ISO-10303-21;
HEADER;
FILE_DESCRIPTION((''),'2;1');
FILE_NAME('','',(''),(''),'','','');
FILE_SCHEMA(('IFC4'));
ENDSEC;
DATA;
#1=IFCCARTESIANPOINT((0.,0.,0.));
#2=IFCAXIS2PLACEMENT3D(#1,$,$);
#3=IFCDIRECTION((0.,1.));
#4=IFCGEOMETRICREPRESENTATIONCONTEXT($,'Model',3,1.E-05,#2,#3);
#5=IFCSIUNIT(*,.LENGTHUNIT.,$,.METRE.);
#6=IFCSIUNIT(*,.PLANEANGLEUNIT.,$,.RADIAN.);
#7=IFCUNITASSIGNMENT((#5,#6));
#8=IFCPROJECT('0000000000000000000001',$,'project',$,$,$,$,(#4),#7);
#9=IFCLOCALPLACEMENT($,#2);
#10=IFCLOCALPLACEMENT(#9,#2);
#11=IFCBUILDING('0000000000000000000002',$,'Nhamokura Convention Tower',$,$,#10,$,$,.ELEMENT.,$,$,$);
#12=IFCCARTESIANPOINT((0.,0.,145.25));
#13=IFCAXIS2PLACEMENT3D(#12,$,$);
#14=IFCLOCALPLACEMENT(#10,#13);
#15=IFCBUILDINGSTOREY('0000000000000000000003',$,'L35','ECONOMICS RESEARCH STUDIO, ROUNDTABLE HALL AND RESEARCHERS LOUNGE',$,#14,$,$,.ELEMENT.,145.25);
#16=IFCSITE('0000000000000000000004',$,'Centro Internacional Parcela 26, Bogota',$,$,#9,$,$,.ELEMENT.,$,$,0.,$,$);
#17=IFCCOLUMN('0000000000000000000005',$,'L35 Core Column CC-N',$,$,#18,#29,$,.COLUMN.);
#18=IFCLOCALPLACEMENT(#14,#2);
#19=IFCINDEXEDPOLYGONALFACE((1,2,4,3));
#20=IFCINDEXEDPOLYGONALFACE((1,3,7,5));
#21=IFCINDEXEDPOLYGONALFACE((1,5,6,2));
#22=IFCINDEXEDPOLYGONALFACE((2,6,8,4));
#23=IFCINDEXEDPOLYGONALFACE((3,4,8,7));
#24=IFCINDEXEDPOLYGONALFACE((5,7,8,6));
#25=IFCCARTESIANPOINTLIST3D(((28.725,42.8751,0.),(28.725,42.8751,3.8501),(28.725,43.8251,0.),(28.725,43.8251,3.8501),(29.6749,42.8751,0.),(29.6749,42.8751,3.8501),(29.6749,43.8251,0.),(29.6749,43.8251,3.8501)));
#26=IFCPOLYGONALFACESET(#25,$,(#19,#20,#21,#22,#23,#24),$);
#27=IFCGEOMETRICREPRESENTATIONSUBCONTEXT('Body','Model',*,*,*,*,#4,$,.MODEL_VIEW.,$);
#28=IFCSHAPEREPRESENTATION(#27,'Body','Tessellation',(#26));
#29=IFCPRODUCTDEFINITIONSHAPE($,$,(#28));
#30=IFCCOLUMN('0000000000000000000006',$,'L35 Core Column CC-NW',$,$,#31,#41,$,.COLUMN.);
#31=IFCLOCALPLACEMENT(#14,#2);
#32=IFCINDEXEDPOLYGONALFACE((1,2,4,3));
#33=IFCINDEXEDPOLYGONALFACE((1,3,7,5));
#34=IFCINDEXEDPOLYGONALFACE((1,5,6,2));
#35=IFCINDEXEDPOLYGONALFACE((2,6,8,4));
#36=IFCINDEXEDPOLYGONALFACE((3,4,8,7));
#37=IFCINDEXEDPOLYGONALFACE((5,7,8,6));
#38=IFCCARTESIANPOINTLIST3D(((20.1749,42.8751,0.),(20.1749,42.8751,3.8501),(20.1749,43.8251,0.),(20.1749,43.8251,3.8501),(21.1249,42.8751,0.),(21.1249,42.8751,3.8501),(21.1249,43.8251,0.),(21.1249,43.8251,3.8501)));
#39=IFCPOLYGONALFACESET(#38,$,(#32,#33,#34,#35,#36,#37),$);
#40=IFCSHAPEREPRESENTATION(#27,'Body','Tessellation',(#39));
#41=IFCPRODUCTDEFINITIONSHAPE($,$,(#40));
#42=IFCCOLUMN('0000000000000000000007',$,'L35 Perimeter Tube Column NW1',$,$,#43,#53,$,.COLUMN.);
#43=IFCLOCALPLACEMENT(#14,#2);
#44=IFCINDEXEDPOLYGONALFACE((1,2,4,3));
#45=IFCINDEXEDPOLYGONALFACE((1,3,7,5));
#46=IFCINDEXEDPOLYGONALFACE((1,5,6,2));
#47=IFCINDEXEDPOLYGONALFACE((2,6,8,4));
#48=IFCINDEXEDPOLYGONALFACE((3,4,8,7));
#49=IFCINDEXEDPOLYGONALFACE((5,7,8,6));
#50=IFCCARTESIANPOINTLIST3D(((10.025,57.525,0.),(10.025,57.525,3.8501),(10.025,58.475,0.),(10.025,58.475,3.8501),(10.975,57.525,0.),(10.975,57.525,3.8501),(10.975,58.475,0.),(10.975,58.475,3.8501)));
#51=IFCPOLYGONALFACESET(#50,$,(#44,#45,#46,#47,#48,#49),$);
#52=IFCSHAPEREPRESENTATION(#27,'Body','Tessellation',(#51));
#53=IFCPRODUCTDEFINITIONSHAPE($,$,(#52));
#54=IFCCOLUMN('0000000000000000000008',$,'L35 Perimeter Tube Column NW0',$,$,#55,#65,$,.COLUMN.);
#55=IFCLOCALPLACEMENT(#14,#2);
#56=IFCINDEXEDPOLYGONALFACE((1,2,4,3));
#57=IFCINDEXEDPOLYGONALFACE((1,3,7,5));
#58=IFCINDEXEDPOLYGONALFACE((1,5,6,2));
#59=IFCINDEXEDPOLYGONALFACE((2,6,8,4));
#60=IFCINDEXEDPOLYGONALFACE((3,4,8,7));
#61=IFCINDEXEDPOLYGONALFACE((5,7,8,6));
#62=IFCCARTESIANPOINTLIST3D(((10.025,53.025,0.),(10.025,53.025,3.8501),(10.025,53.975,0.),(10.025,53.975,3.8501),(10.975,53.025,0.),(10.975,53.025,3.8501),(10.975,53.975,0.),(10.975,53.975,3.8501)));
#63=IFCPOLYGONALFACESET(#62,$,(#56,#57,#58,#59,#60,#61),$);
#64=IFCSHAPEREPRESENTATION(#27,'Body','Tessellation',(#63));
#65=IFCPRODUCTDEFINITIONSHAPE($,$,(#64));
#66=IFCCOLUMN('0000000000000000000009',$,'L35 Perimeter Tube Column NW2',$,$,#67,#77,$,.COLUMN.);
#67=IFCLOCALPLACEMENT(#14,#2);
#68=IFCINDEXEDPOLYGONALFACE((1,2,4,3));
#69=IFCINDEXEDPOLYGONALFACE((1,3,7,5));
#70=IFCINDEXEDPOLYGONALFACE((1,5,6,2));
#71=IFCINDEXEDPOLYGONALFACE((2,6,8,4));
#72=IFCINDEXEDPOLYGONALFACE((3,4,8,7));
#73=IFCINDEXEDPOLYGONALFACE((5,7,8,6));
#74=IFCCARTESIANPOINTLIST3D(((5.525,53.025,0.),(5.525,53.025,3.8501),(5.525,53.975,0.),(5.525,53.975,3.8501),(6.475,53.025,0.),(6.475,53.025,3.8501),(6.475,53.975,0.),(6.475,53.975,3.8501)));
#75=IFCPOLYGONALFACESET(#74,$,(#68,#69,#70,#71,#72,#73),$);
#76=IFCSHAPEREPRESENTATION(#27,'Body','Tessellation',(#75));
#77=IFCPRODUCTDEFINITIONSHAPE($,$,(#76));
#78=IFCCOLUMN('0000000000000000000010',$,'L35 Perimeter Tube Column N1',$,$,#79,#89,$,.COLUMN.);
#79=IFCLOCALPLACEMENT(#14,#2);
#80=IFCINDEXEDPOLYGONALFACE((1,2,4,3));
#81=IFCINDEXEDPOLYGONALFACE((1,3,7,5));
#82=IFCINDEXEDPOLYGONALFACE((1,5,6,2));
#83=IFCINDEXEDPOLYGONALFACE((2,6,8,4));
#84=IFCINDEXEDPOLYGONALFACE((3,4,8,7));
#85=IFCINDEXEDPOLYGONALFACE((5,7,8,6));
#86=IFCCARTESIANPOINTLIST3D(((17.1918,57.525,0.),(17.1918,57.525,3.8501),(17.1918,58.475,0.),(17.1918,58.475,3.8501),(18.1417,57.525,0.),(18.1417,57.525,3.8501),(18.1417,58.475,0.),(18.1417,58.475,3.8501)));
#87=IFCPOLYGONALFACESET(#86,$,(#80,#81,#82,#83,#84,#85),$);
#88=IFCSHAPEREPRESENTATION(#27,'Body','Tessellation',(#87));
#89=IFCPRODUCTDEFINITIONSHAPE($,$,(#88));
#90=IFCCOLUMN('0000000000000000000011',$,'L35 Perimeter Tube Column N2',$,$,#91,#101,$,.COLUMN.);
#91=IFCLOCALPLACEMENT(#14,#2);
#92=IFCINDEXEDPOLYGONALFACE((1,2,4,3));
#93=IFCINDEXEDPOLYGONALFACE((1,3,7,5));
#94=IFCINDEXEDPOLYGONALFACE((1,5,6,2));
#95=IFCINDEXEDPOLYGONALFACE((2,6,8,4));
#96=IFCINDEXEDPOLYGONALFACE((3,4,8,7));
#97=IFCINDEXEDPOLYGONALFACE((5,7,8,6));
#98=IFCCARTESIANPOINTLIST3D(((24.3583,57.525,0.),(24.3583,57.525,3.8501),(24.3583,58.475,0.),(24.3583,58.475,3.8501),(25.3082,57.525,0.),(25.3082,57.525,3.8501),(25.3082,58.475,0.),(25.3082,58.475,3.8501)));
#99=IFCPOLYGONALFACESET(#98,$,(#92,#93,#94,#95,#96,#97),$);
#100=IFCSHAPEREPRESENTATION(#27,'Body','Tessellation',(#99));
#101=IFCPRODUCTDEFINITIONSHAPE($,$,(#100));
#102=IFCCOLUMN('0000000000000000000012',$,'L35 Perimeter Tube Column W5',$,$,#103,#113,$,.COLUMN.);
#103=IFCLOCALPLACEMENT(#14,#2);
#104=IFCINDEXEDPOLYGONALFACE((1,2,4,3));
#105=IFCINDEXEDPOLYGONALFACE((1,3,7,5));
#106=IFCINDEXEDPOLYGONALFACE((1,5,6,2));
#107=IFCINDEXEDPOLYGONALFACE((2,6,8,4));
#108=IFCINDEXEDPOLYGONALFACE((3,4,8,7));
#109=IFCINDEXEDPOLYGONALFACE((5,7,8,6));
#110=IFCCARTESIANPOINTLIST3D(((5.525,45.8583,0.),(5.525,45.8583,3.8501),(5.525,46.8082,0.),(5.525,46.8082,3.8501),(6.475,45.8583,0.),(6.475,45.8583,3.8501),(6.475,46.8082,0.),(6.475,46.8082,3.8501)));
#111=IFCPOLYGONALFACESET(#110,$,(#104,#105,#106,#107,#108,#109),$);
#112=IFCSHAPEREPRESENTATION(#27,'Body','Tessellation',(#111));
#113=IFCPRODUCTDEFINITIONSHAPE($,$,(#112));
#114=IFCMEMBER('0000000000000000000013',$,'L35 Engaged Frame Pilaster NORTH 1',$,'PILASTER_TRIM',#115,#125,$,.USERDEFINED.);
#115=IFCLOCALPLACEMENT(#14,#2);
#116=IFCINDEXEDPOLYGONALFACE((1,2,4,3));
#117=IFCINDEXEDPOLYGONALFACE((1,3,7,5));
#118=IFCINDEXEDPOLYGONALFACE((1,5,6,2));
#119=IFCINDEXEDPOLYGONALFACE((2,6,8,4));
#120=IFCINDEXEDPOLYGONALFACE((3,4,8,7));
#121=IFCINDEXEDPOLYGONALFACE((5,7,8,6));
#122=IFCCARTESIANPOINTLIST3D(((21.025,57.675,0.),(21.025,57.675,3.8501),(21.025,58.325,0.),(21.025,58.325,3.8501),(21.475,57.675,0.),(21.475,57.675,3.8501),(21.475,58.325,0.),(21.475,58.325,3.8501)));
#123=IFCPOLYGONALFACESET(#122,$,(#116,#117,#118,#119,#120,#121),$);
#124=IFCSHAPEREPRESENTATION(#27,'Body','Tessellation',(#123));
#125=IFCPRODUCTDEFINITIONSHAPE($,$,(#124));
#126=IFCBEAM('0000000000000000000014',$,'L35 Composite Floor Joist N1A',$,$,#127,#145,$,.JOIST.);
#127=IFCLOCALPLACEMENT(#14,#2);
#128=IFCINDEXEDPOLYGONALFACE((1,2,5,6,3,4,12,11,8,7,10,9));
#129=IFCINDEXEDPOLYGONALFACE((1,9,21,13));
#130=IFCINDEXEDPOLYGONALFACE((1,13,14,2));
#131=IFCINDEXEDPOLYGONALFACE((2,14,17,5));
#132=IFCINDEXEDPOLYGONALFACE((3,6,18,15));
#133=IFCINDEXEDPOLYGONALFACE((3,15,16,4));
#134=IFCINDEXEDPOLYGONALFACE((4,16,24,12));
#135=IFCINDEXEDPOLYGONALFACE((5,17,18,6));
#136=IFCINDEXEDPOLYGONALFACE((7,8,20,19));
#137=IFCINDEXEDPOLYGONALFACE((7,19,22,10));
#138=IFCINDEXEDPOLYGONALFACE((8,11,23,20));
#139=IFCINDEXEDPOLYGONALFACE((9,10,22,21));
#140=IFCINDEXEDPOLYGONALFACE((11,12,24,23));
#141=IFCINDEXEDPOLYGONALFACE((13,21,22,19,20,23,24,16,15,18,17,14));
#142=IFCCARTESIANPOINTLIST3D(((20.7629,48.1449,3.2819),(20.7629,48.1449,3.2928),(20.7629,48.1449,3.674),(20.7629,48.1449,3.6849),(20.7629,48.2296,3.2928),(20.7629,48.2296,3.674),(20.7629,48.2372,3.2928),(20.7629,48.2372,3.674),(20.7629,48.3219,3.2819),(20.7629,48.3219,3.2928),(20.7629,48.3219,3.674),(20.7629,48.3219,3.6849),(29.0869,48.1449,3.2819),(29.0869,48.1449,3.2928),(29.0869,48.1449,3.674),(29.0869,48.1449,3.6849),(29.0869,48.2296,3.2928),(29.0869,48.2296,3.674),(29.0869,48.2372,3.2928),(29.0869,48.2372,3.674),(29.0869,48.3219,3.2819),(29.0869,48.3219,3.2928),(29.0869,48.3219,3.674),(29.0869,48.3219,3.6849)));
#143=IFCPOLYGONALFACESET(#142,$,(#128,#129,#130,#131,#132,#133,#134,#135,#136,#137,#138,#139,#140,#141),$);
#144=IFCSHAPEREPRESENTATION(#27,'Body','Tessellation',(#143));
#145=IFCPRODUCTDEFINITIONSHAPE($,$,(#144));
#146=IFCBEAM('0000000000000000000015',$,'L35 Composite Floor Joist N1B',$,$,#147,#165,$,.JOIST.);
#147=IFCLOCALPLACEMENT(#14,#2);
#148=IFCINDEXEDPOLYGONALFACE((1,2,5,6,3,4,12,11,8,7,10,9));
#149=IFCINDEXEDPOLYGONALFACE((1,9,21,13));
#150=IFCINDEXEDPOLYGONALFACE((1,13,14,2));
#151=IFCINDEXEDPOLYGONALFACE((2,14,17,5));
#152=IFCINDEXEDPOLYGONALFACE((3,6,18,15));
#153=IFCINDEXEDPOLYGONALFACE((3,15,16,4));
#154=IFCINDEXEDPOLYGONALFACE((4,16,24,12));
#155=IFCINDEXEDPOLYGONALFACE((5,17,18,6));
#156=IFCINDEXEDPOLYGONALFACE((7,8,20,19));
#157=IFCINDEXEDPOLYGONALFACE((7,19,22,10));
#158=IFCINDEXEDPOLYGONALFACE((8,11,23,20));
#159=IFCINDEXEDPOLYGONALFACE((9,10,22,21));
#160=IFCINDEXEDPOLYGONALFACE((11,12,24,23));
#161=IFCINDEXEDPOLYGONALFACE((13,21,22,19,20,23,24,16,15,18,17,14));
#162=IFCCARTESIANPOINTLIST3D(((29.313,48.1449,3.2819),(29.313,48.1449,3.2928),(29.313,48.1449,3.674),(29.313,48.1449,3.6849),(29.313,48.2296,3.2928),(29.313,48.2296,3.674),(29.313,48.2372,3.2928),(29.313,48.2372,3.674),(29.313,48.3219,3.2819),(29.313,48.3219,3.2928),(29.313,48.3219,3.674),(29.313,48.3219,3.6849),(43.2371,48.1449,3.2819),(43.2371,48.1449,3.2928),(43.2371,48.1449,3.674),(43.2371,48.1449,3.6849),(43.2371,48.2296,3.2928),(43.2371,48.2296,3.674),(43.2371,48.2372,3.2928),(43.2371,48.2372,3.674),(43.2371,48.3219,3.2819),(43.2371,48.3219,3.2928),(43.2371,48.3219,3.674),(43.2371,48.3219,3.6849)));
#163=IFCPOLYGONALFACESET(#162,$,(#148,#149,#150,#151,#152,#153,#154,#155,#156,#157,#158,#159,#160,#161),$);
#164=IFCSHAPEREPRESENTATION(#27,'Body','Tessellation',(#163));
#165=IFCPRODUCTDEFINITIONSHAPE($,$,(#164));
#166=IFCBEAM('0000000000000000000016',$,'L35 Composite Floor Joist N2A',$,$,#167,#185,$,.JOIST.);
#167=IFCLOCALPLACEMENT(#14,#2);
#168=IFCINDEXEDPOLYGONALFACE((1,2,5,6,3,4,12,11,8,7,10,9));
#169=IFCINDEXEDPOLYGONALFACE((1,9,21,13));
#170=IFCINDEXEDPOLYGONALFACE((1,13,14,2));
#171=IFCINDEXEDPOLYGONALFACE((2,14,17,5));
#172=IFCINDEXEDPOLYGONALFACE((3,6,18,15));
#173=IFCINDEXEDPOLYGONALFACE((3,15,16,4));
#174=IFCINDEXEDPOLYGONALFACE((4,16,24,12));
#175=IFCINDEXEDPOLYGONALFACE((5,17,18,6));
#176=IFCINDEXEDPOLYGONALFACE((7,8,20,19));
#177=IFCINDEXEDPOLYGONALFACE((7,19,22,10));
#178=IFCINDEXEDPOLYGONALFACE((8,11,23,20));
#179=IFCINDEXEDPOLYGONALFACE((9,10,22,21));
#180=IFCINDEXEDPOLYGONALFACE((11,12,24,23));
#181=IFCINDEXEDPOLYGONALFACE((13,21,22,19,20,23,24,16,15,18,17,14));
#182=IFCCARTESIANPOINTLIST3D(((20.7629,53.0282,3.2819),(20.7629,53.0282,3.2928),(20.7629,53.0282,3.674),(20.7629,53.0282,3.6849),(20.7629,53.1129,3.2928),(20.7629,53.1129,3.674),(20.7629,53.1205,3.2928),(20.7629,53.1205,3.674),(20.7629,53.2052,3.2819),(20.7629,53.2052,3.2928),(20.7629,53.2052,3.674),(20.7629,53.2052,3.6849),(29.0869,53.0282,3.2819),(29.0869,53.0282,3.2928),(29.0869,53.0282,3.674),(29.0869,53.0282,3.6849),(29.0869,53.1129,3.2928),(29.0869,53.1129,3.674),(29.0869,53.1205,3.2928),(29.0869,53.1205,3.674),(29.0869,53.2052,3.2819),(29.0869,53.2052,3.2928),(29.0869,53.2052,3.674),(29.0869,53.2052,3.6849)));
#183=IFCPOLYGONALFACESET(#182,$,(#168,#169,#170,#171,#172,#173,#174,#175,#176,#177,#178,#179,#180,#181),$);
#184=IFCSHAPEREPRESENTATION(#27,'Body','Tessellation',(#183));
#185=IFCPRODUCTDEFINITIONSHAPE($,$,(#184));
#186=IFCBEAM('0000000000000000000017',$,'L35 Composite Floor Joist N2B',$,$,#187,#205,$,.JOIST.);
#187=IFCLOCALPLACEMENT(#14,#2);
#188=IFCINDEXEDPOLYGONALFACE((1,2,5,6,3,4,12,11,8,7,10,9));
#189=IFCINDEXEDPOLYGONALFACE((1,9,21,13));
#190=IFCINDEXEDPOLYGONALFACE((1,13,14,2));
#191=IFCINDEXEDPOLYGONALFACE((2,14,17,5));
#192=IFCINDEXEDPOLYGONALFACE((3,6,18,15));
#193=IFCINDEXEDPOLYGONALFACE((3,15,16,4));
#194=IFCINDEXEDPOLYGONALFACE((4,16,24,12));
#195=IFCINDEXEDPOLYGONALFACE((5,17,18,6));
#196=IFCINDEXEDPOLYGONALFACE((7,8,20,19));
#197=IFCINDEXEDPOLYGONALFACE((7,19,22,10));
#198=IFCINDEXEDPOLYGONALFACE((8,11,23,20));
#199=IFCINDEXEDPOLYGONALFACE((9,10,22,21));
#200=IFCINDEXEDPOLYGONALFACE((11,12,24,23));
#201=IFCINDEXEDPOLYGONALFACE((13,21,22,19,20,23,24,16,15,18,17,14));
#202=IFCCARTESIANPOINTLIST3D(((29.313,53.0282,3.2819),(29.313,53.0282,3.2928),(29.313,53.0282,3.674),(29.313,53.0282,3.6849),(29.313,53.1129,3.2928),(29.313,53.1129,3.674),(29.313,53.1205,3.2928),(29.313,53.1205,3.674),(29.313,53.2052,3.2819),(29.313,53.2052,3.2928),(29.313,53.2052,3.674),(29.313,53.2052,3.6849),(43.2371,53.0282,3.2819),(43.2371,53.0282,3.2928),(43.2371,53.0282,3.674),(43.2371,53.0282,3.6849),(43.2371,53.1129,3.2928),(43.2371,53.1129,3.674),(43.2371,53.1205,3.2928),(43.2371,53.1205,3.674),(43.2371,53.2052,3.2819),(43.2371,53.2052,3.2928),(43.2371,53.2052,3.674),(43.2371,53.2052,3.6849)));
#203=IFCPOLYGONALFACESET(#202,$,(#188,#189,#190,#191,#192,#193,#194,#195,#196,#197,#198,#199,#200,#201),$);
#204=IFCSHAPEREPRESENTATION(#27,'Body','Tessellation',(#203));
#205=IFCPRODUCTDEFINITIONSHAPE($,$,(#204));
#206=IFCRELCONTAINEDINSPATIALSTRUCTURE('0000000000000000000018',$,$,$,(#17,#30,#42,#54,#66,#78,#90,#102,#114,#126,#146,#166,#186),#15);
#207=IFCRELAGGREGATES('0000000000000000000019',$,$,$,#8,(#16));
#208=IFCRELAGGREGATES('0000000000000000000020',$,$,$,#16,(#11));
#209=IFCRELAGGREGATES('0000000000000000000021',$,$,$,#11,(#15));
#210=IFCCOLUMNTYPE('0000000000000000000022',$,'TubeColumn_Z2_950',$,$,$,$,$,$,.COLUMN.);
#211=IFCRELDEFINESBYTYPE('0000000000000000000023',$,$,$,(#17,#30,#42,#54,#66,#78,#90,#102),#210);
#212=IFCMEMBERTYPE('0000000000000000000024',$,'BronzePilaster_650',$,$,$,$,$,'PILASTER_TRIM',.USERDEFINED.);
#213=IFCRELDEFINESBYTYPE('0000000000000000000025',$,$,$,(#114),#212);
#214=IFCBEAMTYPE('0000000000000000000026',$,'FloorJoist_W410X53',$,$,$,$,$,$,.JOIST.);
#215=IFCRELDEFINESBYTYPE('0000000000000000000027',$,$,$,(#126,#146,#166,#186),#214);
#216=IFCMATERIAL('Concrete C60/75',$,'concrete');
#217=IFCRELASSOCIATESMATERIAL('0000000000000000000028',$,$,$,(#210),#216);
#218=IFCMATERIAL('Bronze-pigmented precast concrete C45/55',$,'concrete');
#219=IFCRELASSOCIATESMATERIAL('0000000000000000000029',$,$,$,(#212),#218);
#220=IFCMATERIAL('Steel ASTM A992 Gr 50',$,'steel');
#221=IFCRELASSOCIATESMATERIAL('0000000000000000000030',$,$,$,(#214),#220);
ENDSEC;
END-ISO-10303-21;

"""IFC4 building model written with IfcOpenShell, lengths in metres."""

from ifc_helpers import new_model, si_unit, direction, frame, origin, origin_2d, place, context, subcontext, project, spatial, rectangle, i_section, extrude, material, material_profile, profile_set, type_object, element, save


model = new_model("IFC4")

# Units and contexts
model_context = context("Model", 3, precision=1e-05, world=origin(), true_north=direction((0.0, 1.0)))
body_context = subcontext(model_context, "Body", "Model", "MODEL_VIEW")
ifc_project = project(units=[si_unit("LENGTHUNIT", "METRE"), si_unit("PLANEANGLEUNIT", "RADIAN")], contexts=[model_context])

# Site, building, storey
site_placement = place(None, origin())
site = spatial("IfcSite", under=ifc_project, at=site_placement, Name="Centro Internacional Parcela 26, Bogota", CompositionType="ELEMENT", RefElevation=0.0)
building_placement = place(site_placement, origin())
building = spatial("IfcBuilding", under=site, at=building_placement, Name="Nhamokura Convention Tower", CompositionType="ELEMENT")
storey_placement = place(building_placement, frame((0.0, 0.0, 145.25)))
storey = spatial("IfcBuildingStorey", under=building, at=storey_placement, Name="L35", Description="ECONOMICS RESEARCH STUDIO, ROUNDTABLE HALL AND RESEARCHERS LOUNGE", CompositionType="ELEMENT", Elevation=145.25)

# Columns
ifc_material_1 = material(Name="Concrete C60/75", Category="concrete")
ifc_material_profile_1 = material_profile(ifc_material_1, rectangle(XDim=0.95, YDim=0.95, at=origin_2d()))
ifc_profile_set_1 = profile_set([ifc_material_profile_1], Name="Concrete C60/75")
column_type = type_object("IfcColumnType", Name="TubeColumn_Z2_950", PredefinedType="COLUMN", material=ifc_profile_set_1)
for number, where, z_axis, x_axis, name in (
    (1, (29.2, 43.3501, 0.0), (0.0, 0.0, 1.0), (1.0, 0.0, 0.0), "L35 Core Column CC-N"),
    (2, (20.6499, 43.3501, 0.0), (0.0, 0.0, 1.0), (1.0, 0.0, 0.0), "L35 Core Column CC-NW"),
    (3, (10.5, 58.0, 0.0), (0.0, 0.0, 1.0), (1.0, 0.0, 0.0), "L35 Perimeter Tube Column NW1"),
    (4, (10.5, 53.5, 0.0), (0.0, 0.0, 1.0), (1.0, 0.0, 0.0), "L35 Perimeter Tube Column NW0"),
    (5, (6.0, 53.5, 0.0), (0.0, 0.0, 1.0), (1.0, 0.0, 0.0), "L35 Perimeter Tube Column NW2"),
    (6, (17.6667, 58.0, 0.0), (0.0, 0.0, 1.0), (1.0, 0.0, 0.0), "L35 Perimeter Tube Column N1"),
    (7, (24.8333, 58.0, 0.0), (0.0, 0.0, 1.0), (1.0, 0.0, 0.0), "L35 Perimeter Tube Column N2"),
    (8, (6.0, 46.3333, 0.0), (0.0, 0.0, 1.0), (1.0, 0.0, 0.0), "L35 Perimeter Tube Column W5"),
):
    element("IfcColumn", number, at=place(storey_placement, frame(where, z_axis=z_axis, x_axis=x_axis)), inside=storey, type_object=column_type, Name=name, PredefinedType="COLUMN", context=body_context, shape_type="SweptSolid", body=[
        extrude(rectangle(XDim=0.95, YDim=0.95, at=origin_2d()), origin(), (0.0, 0.0, 1.0), 3.8501),
    ])

# Member
ifc_material_2 = material(Name="Bronze-pigmented precast concrete C45/55", Category="concrete")
ifc_material_profile_2 = material_profile(ifc_material_2, rectangle(XDim=0.45, YDim=0.6499, at=origin_2d()))
ifc_profile_set_2 = profile_set([ifc_material_profile_2], Name="Bronze-pigmented precast concrete C45/55")
member_type_1 = type_object("IfcMemberType", Name="BronzePilaster_650", ElementType="PILASTER_TRIM", PredefinedType="USERDEFINED", material=ifc_profile_set_2)
member_placement = place(storey_placement, frame((21.25, 58.0, 0.0), z_axis=(0.0, 0.0, 1.0), x_axis=(1.0, 0.0, 0.0)))
element("IfcMember", 9, at=member_placement, inside=storey, type_object=member_type_1, Name="L35 Engaged Frame Pilaster NORTH 1", ObjectType="PILASTER_TRIM", PredefinedType="USERDEFINED", context=body_context, shape_type="SweptSolid", body=[
    extrude(rectangle(XDim=0.45, YDim=0.6499, at=origin_2d()), origin(), (0.0, 0.0, 1.0), 3.8501),
])

# Beams
ifc_material_3 = material(Name="Steel ASTM A992 Gr 50", Category="steel")
ifc_material_profile_3 = material_profile(ifc_material_3, i_section(OverallWidth=0.177, OverallDepth=0.4031, WebThickness=0.0076, FlangeThickness=0.011, at=origin_2d()))
ifc_profile_set_3 = profile_set([ifc_material_profile_3], Name="Steel ASTM A992 Gr 50")
beam_type_1 = type_object("IfcBeamType", Name="FloorJoist_W410X53", PredefinedType="JOIST", material=ifc_profile_set_3)
beam_1_placement = place(storey_placement, frame((20.7629, 48.2334, 3.4834), z_axis=(1.0, 0.0, 0.0), x_axis=(0.0, 1.0, 0.0)))
element("IfcBeam", 10, at=beam_1_placement, inside=storey, type_object=beam_type_1, Name="L35 Composite Floor Joist N1A", PredefinedType="JOIST", context=body_context, shape_type="SweptSolid", body=[
    extrude(i_section(OverallWidth=0.177, OverallDepth=0.4031, WebThickness=0.0076, FlangeThickness=0.011, at=origin_2d()), origin(), (0.0, 0.0, 1.0), 8.324),
])
beam_2_placement = place(storey_placement, frame((29.313, 48.2334, 3.4834), z_axis=(1.0, 0.0, 0.0), x_axis=(0.0, 1.0, 0.0)))
element("IfcBeam", 11, at=beam_2_placement, inside=storey, type_object=beam_type_1, Name="L35 Composite Floor Joist N1B", PredefinedType="JOIST", context=body_context, shape_type="SweptSolid", body=[
    extrude(i_section(OverallWidth=0.177, OverallDepth=0.4031, WebThickness=0.0076, FlangeThickness=0.011, at=origin_2d()), origin(), (0.0, 0.0, 1.0), 13.9241),
])
beam_3_placement = place(storey_placement, frame((20.7629, 53.1167, 3.4834), z_axis=(1.0, 0.0, 0.0), x_axis=(0.0, 1.0, 0.0)))
element("IfcBeam", 12, at=beam_3_placement, inside=storey, type_object=beam_type_1, Name="L35 Composite Floor Joist N2A", PredefinedType="JOIST", context=body_context, shape_type="SweptSolid", body=[
    extrude(i_section(OverallWidth=0.177, OverallDepth=0.4031, WebThickness=0.0076, FlangeThickness=0.011, at=origin_2d()), origin(), (0.0, 0.0, 1.0), 8.324),
])
beam_4_placement = place(storey_placement, frame((29.313, 53.1167, 3.4834), z_axis=(1.0, 0.0, 0.0), x_axis=(0.0, 1.0, 0.0)))
element("IfcBeam", 13, at=beam_4_placement, inside=storey, type_object=beam_type_1, Name="L35 Composite Floor Joist N2B", PredefinedType="JOIST", context=body_context, shape_type="SweptSolid", body=[
    extrude(i_section(OverallWidth=0.177, OverallDepth=0.4031, WebThickness=0.0076, FlangeThickness=0.011, at=origin_2d()), origin(), (0.0, 0.0, 1.0), 13.9241),
])

save(model, "model.ifc")
